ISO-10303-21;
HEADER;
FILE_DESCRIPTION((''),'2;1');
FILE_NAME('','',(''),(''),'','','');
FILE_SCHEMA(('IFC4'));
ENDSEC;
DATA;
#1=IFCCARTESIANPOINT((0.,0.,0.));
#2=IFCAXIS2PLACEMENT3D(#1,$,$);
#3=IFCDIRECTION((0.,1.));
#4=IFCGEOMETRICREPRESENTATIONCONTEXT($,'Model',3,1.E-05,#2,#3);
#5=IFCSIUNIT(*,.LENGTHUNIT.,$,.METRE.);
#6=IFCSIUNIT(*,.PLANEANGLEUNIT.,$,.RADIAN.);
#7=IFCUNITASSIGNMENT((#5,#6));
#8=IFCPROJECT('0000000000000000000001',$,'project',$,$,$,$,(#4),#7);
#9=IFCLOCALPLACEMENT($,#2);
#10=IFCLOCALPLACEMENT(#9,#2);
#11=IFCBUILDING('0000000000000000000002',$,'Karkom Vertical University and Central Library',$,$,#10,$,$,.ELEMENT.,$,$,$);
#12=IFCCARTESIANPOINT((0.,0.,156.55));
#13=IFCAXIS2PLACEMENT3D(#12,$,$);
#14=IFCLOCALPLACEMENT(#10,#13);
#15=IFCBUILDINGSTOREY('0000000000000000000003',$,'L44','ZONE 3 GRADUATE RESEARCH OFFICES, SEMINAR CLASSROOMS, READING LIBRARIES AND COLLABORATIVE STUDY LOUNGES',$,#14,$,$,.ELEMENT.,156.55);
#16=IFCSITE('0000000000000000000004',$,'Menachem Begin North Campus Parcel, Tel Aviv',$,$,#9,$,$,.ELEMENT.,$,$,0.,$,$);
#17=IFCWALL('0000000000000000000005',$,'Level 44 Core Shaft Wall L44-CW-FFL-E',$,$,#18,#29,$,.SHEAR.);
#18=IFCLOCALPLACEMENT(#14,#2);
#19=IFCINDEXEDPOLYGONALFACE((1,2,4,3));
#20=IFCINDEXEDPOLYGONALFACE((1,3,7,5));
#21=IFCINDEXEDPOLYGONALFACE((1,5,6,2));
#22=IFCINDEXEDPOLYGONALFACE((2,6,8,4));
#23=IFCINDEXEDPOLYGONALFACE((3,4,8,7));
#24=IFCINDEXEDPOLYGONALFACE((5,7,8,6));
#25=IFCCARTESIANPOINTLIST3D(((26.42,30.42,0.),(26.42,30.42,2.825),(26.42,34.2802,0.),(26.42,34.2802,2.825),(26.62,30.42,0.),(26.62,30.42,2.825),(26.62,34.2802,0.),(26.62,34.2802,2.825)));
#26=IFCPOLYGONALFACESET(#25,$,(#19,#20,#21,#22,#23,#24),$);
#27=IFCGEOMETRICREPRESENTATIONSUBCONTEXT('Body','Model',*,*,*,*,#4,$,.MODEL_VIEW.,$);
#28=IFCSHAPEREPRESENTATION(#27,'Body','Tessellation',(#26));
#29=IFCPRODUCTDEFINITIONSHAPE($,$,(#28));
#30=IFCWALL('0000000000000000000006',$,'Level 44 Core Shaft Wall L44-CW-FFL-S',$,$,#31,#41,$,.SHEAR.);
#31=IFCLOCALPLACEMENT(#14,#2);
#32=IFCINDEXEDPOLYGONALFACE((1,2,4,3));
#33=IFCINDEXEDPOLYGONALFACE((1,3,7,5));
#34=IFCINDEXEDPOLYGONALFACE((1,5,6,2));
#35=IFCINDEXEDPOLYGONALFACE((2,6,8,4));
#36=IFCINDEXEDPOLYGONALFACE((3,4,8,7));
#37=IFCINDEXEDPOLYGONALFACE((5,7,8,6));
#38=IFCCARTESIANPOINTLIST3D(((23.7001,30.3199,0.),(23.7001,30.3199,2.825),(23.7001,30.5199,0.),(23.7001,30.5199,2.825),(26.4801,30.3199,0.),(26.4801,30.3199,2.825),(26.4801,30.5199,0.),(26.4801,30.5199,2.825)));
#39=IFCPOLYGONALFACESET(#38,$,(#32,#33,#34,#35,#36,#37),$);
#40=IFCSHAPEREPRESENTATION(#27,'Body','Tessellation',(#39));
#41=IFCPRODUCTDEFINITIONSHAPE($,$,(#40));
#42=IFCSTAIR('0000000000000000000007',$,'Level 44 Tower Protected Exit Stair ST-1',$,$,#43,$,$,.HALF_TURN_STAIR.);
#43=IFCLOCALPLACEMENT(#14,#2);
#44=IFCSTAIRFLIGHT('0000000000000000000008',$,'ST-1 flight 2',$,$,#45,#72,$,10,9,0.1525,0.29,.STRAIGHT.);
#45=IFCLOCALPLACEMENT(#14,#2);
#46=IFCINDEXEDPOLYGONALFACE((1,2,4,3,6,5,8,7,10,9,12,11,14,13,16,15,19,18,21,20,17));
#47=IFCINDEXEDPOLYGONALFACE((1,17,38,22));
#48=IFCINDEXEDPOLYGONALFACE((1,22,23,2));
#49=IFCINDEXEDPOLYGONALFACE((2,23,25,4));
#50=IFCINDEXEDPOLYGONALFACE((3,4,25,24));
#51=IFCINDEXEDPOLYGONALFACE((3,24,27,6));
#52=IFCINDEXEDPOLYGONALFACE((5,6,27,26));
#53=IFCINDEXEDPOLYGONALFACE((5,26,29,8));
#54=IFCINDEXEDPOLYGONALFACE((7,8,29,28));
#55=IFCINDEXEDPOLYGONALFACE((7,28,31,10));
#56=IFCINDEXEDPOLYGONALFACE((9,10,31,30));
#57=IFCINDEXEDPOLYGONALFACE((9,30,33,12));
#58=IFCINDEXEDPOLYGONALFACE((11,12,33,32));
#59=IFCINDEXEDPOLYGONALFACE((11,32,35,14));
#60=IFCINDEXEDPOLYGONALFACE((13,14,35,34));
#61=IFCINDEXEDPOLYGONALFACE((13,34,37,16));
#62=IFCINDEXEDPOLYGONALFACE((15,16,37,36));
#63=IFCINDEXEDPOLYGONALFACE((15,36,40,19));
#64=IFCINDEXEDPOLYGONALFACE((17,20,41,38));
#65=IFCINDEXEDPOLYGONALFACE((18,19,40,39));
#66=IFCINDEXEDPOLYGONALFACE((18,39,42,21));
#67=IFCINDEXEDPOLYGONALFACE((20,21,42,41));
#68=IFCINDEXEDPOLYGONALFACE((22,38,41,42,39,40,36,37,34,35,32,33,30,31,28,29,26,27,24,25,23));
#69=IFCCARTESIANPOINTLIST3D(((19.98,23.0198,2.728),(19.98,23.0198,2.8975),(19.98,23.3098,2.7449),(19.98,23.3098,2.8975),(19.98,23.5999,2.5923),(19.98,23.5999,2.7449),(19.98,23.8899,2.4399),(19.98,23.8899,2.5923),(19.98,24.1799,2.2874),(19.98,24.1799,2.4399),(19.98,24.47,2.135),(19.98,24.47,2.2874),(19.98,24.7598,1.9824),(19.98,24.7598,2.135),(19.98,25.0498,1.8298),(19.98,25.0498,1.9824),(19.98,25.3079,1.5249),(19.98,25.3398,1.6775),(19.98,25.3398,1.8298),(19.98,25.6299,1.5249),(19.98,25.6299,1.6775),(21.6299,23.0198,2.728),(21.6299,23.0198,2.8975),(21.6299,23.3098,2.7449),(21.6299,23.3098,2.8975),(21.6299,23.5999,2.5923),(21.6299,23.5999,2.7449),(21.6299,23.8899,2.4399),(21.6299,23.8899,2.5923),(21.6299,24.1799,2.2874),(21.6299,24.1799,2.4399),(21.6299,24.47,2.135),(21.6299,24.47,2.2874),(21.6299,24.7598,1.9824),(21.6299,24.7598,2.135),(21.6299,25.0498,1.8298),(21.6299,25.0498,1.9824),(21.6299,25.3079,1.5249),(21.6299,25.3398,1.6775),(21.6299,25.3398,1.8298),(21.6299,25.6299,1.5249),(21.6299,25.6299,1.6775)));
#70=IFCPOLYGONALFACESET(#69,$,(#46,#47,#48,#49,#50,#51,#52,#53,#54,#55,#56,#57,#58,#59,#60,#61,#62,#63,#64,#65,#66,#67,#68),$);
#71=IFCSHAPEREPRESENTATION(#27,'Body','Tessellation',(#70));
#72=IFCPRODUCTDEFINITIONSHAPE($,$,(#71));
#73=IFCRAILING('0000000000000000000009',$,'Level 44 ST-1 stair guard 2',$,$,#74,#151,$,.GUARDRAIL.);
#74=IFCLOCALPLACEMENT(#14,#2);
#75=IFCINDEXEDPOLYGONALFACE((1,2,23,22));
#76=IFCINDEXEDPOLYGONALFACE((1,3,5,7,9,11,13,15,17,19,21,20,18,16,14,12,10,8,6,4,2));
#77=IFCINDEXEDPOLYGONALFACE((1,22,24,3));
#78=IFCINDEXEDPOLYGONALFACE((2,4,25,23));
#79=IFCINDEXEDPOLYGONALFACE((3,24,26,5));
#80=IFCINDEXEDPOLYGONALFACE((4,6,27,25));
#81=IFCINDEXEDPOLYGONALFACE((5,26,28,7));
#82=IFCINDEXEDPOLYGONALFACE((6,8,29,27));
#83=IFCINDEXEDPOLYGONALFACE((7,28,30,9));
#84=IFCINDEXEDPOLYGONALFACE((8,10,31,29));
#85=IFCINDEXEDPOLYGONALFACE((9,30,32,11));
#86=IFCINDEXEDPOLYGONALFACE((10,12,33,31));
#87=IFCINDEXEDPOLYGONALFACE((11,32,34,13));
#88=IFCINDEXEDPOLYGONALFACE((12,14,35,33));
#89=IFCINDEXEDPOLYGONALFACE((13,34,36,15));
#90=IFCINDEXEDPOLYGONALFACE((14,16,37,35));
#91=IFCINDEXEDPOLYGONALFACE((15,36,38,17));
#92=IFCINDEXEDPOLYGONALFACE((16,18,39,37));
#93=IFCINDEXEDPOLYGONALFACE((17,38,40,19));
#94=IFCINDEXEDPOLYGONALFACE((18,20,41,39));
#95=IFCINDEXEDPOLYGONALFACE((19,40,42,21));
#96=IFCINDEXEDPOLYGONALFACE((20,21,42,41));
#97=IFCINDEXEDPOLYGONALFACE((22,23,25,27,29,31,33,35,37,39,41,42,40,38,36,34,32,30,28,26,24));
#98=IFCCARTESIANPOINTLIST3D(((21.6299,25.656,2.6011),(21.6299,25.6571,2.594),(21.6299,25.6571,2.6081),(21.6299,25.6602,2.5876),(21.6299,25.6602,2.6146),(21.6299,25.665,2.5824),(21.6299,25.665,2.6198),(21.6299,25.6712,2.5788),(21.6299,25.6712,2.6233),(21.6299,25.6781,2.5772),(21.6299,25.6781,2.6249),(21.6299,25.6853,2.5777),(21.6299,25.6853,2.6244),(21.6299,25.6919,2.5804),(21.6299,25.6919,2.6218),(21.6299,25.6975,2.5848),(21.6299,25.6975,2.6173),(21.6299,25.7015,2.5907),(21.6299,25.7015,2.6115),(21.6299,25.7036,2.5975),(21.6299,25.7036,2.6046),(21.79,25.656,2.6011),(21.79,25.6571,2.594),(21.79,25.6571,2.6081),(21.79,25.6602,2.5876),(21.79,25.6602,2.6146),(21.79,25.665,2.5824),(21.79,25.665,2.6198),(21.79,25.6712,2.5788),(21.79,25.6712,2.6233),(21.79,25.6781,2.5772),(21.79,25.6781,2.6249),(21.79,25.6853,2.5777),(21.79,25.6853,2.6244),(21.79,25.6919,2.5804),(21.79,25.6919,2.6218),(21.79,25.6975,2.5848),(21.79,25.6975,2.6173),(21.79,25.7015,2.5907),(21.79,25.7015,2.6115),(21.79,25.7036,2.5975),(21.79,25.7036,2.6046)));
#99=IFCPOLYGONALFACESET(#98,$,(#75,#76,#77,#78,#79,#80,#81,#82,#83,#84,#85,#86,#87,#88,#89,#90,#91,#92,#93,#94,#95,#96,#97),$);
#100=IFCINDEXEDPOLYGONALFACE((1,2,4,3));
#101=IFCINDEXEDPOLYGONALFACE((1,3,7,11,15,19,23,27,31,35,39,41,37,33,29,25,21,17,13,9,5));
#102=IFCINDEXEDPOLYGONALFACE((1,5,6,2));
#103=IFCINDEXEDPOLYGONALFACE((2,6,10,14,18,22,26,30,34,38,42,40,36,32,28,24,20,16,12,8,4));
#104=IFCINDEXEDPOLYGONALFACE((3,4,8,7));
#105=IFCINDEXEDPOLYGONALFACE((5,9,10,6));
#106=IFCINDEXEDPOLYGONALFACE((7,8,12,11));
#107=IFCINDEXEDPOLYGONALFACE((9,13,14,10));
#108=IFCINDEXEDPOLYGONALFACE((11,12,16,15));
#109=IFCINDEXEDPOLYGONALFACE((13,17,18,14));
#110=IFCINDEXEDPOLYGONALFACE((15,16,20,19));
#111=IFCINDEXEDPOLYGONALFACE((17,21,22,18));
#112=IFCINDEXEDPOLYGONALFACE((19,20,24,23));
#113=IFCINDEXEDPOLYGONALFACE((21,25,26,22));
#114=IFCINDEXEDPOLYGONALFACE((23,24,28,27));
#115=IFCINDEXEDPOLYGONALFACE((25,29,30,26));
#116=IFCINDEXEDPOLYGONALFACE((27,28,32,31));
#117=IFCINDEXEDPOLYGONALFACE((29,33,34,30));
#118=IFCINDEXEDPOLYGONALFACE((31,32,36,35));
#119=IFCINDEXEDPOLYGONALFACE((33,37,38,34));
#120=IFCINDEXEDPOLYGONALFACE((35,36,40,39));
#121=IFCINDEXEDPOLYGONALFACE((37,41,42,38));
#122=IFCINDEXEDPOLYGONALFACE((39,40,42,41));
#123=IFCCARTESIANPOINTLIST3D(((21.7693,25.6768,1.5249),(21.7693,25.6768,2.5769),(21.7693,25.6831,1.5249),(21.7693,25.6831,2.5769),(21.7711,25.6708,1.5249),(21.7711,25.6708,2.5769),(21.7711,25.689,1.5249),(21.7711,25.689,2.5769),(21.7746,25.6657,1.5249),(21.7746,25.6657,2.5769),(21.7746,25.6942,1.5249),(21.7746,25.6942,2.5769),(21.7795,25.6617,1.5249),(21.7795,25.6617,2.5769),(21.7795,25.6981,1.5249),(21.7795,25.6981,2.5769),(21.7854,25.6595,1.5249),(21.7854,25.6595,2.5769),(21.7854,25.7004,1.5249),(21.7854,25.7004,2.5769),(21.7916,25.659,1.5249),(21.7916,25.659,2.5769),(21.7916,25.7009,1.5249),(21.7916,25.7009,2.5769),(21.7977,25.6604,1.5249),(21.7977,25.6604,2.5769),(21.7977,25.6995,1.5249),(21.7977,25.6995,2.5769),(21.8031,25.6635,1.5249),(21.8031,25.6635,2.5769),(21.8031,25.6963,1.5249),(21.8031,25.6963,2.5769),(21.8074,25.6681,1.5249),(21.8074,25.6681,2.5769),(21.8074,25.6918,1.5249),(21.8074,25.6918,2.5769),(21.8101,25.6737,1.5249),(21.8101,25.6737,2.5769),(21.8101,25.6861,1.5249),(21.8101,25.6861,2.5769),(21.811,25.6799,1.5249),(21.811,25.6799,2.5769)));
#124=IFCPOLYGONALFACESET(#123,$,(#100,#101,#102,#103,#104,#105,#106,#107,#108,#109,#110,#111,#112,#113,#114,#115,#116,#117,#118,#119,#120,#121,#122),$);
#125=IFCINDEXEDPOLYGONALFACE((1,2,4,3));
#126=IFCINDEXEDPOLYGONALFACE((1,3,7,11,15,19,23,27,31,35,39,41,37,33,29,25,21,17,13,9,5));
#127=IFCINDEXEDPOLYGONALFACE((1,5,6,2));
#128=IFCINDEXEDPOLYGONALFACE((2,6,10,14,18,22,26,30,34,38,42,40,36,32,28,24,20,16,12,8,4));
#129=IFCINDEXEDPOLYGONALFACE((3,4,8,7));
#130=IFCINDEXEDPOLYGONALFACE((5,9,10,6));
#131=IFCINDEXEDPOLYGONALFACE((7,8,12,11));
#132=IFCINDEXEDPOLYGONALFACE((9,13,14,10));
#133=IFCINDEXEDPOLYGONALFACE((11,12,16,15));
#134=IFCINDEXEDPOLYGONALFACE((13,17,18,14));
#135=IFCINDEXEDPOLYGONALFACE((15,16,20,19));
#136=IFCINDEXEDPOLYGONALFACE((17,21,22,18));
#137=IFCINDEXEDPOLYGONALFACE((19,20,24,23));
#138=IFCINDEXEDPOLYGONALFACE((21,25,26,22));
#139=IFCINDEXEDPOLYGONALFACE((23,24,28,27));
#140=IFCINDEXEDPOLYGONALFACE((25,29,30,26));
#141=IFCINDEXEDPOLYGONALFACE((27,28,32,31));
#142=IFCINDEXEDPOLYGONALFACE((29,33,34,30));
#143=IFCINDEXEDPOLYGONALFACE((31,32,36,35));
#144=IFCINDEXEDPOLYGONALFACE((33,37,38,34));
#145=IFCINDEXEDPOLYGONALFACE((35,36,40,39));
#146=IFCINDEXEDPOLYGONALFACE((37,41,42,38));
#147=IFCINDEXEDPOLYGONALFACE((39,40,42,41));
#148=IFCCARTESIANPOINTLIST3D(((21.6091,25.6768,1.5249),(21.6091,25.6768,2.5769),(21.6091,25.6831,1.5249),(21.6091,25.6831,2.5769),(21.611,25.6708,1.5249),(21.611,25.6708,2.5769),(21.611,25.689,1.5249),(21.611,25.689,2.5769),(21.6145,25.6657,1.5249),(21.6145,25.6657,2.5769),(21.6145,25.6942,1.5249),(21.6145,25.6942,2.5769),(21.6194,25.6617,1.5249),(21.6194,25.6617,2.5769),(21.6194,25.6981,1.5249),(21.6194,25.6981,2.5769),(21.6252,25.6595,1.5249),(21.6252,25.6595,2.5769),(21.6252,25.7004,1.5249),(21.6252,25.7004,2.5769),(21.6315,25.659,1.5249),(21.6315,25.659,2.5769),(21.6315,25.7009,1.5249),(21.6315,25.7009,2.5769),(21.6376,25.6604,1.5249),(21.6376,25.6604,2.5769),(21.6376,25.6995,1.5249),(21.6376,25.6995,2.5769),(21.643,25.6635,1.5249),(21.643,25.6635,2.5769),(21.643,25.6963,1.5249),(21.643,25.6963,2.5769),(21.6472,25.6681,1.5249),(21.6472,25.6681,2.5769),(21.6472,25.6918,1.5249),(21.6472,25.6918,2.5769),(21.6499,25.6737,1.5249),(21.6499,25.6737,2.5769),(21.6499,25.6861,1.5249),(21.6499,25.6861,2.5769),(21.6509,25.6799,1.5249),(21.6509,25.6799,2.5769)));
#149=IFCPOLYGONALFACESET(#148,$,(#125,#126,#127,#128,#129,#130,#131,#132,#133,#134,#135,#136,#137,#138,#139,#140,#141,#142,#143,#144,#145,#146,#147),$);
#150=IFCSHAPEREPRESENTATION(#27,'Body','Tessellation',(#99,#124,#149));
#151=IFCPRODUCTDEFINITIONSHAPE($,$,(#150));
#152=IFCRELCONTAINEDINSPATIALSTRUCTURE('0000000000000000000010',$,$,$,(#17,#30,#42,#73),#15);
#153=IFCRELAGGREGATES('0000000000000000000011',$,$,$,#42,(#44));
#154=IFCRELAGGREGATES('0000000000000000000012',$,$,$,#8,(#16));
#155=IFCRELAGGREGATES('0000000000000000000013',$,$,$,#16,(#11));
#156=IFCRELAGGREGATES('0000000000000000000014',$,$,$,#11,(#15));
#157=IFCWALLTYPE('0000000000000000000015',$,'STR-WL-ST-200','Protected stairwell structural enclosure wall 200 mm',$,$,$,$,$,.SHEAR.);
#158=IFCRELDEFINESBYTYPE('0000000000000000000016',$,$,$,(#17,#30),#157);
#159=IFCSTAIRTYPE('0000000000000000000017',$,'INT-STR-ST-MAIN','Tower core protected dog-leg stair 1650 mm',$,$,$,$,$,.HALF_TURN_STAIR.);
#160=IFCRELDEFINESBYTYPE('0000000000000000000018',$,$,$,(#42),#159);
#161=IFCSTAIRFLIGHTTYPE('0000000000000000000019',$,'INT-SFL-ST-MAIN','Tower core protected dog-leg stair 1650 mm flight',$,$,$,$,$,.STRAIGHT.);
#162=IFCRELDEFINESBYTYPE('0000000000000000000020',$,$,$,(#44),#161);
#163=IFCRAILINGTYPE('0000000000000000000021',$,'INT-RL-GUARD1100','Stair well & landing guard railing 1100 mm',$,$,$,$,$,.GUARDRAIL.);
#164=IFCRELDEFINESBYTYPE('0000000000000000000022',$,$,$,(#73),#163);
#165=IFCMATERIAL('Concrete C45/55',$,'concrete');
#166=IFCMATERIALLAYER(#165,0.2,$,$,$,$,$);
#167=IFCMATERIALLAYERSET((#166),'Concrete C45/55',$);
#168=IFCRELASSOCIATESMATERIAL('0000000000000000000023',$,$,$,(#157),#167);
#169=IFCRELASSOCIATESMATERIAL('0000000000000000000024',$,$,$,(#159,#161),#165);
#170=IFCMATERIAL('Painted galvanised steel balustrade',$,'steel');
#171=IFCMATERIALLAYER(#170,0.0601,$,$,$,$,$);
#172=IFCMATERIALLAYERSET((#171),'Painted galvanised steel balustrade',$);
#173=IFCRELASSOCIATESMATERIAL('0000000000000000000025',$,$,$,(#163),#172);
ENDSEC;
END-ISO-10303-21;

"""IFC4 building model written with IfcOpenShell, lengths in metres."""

from ifc_helpers import new_model, si_unit, direction, frame, frame_2d, origin, origin_2d, place, context, subcontext, project, spatial, polyline, rectangle, circle, outline, extrude, material, layer, layer_set, type_object, element, aggregate, save


model = new_model("IFC4")

# Units and contexts
model_context = context("Model", 3, precision=1e-05, world=origin(), true_north=direction((0.0, 1.0)))
body_context = subcontext(model_context, "Body", "Model", "MODEL_VIEW")
ifc_project = project(units=[si_unit("LENGTHUNIT", "METRE"), si_unit("PLANEANGLEUNIT", "RADIAN")], contexts=[model_context])

# Site, building, storey
site_placement = place(None, origin())
site = spatial("IfcSite", under=ifc_project, at=site_placement, Name="Menachem Begin North Campus Parcel, Tel Aviv", CompositionType="ELEMENT", RefElevation=0.0)
building_placement = place(site_placement, origin())
building = spatial("IfcBuilding", under=site, at=building_placement, Name="Karkom Vertical University and Central Library", CompositionType="ELEMENT")
storey_placement = place(building_placement, frame((0.0, 0.0, 156.55)))
storey = spatial("IfcBuildingStorey", under=building, at=storey_placement, Name="L44", Description="ZONE 3 GRADUATE RESEARCH OFFICES, SEMINAR CLASSROOMS, READING LIBRARIES AND COLLABORATIVE STUDY LOUNGES", CompositionType="ELEMENT", Elevation=156.55)

# Shared definitions
ifc_material_1 = material(Name="Concrete C45/55", Category="concrete")
ifc_layer_1 = layer(ifc_material_1, 0.2)
ifc_layer_set_1 = layer_set([ifc_layer_1], Name="Concrete C45/55")
wall_type_1 = type_object("IfcWallType", Name="STR-WL-ST-200", Description="Protected stairwell structural enclosure wall 200 mm", PredefinedType="SHEAR", material=ifc_layer_set_1)

# Walls
wall_1_placement = place(storey_placement, frame((26.52, 30.4199, 0.0), z_axis=(0.0, 0.0, 1.0), x_axis=(0.0, 1.0, 0.0)))
element("IfcWall", 1, at=wall_1_placement, inside=storey, type_object=wall_type_1, Name="Level 44 Core Shaft Wall L44-CW-FFL-E", PredefinedType="SHEAR", context=body_context, shape_type="SweptSolid", body=[
    extrude(rectangle(XDim=3.8601, YDim=0.2, at=frame_2d((1.9302, 0.0))), origin(), (0.0, 0.0, 1.0), 2.825),
])
wall_2_placement = place(storey_placement, frame((23.7, 30.4199, 0.0), z_axis=(0.0, 0.0, 1.0), x_axis=(1.0, 0.0, 0.0)))
element("IfcWall", 2, at=wall_2_placement, inside=storey, type_object=wall_type_1, Name="Level 44 Core Shaft Wall L44-CW-FFL-S", PredefinedType="SHEAR", context=body_context, shape_type="SweptSolid", body=[
    extrude(rectangle(XDim=2.78, YDim=0.2, at=frame_2d((1.3901, 0.0))), origin(), (0.0, 0.0, 1.0), 2.825),
])

# Stair, stair flight
stair_type = type_object("IfcStairType", Name="INT-STR-ST-MAIN", Description="Tower core protected dog-leg stair 1650 mm", PredefinedType="HALF_TURN_STAIR", material=ifc_material_1)
stair_placement = place(storey_placement, origin())
stair = element("IfcStair", 3, at=stair_placement, inside=storey, type_object=stair_type, Name="Level 44 Tower Protected Exit Stair ST-1", PredefinedType="HALF_TURN_STAIR")
stair_flight_type = type_object("IfcStairFlightType", Name="INT-SFL-ST-MAIN", Description="Tower core protected dog-leg stair 1650 mm flight", PredefinedType="STRAIGHT", material=ifc_material_1)
stair_flight_placement = place(storey_placement, frame((20.8049, 25.6299, 1.5249), z_axis=(0.0, 0.0, 1.0), x_axis=(0.0, -1.0, 0.0)))
stair_flight = element("IfcStairFlight", 4, at=stair_flight_placement, type_object=stair_flight_type, Name="ST-1 flight 2", NumberOfRisers=10, NumberOfTreads=9, PredefinedType="STRAIGHT", RiserHeight=0.1525, TreadLength=0.29, context=body_context, shape_type="SweptSolid", body=[
    extrude(outline(polyline([(0.0, 0.0), (0.0, 0.1526), (0.29, 0.1526), (0.29, 0.3049), (0.5801, 0.3049), (0.5801, 0.4575), (0.8701, 0.4575), (0.8701, 0.6101), (1.1599, 0.6101), (1.1599, 0.7625), (1.45, 0.7625), (1.45, 0.915), (1.74, 0.915), (1.74, 1.0674), (2.03, 1.0674), (2.03, 1.22), (2.3201, 1.22), (2.3201, 1.3726), (2.6101, 1.3726), (2.6101, 1.5249), (2.6101, 1.2031), (0.322, 0.0), (0.0, 0.0)])), frame((0.0, 0.825, 0.0), z_axis=(0.0, -1.0, 0.0), x_axis=(1.0, 0.0, 0.0)), (0.0, 0.0, 1.0), 1.6499),
])
aggregate(stair, [stair_flight])

# Railing
ifc_material_2 = material(Name="Painted galvanised steel balustrade", Category="steel")
ifc_layer_2 = layer(ifc_material_2, 0.0601)
ifc_layer_set_2 = layer_set([ifc_layer_2], Name="Painted galvanised steel balustrade")
railing_type_1 = type_object("IfcRailingType", Name="INT-RL-GUARD1100", Description="Stair well & landing guard railing 1100 mm", PredefinedType="GUARDRAIL", material=ifc_layer_set_2)
railing_1_placement = place(storey_placement, frame((21.79, 25.6799, 1.5249)))
element("IfcRailing", 5, at=railing_1_placement, inside=storey, type_object=railing_type_1, Name="Level 44 ST-1 stair guard 2", PredefinedType="GUARDRAIL", context=body_context, shape_type="SweptSolid", body=[
    extrude(circle(Radius=0.0239, at=origin_2d()), frame((0.0, 0.0, 1.0762), z_axis=(-1.0, 0.0, 0.0), x_axis=(0.0, -1.0, 0.0)), (0.0, 0.0, 1.0), 0.1602),
    extrude(circle(Radius=0.021, at=origin_2d()), origin(), (0.0, 0.0, 1.0), 1.052),
    extrude(circle(Radius=0.021, at=origin_2d()), frame((-0.1602, 0.0, 0.0)), (0.0, 0.0, 1.0), 1.052),
])

save(model, "model.ifc")
